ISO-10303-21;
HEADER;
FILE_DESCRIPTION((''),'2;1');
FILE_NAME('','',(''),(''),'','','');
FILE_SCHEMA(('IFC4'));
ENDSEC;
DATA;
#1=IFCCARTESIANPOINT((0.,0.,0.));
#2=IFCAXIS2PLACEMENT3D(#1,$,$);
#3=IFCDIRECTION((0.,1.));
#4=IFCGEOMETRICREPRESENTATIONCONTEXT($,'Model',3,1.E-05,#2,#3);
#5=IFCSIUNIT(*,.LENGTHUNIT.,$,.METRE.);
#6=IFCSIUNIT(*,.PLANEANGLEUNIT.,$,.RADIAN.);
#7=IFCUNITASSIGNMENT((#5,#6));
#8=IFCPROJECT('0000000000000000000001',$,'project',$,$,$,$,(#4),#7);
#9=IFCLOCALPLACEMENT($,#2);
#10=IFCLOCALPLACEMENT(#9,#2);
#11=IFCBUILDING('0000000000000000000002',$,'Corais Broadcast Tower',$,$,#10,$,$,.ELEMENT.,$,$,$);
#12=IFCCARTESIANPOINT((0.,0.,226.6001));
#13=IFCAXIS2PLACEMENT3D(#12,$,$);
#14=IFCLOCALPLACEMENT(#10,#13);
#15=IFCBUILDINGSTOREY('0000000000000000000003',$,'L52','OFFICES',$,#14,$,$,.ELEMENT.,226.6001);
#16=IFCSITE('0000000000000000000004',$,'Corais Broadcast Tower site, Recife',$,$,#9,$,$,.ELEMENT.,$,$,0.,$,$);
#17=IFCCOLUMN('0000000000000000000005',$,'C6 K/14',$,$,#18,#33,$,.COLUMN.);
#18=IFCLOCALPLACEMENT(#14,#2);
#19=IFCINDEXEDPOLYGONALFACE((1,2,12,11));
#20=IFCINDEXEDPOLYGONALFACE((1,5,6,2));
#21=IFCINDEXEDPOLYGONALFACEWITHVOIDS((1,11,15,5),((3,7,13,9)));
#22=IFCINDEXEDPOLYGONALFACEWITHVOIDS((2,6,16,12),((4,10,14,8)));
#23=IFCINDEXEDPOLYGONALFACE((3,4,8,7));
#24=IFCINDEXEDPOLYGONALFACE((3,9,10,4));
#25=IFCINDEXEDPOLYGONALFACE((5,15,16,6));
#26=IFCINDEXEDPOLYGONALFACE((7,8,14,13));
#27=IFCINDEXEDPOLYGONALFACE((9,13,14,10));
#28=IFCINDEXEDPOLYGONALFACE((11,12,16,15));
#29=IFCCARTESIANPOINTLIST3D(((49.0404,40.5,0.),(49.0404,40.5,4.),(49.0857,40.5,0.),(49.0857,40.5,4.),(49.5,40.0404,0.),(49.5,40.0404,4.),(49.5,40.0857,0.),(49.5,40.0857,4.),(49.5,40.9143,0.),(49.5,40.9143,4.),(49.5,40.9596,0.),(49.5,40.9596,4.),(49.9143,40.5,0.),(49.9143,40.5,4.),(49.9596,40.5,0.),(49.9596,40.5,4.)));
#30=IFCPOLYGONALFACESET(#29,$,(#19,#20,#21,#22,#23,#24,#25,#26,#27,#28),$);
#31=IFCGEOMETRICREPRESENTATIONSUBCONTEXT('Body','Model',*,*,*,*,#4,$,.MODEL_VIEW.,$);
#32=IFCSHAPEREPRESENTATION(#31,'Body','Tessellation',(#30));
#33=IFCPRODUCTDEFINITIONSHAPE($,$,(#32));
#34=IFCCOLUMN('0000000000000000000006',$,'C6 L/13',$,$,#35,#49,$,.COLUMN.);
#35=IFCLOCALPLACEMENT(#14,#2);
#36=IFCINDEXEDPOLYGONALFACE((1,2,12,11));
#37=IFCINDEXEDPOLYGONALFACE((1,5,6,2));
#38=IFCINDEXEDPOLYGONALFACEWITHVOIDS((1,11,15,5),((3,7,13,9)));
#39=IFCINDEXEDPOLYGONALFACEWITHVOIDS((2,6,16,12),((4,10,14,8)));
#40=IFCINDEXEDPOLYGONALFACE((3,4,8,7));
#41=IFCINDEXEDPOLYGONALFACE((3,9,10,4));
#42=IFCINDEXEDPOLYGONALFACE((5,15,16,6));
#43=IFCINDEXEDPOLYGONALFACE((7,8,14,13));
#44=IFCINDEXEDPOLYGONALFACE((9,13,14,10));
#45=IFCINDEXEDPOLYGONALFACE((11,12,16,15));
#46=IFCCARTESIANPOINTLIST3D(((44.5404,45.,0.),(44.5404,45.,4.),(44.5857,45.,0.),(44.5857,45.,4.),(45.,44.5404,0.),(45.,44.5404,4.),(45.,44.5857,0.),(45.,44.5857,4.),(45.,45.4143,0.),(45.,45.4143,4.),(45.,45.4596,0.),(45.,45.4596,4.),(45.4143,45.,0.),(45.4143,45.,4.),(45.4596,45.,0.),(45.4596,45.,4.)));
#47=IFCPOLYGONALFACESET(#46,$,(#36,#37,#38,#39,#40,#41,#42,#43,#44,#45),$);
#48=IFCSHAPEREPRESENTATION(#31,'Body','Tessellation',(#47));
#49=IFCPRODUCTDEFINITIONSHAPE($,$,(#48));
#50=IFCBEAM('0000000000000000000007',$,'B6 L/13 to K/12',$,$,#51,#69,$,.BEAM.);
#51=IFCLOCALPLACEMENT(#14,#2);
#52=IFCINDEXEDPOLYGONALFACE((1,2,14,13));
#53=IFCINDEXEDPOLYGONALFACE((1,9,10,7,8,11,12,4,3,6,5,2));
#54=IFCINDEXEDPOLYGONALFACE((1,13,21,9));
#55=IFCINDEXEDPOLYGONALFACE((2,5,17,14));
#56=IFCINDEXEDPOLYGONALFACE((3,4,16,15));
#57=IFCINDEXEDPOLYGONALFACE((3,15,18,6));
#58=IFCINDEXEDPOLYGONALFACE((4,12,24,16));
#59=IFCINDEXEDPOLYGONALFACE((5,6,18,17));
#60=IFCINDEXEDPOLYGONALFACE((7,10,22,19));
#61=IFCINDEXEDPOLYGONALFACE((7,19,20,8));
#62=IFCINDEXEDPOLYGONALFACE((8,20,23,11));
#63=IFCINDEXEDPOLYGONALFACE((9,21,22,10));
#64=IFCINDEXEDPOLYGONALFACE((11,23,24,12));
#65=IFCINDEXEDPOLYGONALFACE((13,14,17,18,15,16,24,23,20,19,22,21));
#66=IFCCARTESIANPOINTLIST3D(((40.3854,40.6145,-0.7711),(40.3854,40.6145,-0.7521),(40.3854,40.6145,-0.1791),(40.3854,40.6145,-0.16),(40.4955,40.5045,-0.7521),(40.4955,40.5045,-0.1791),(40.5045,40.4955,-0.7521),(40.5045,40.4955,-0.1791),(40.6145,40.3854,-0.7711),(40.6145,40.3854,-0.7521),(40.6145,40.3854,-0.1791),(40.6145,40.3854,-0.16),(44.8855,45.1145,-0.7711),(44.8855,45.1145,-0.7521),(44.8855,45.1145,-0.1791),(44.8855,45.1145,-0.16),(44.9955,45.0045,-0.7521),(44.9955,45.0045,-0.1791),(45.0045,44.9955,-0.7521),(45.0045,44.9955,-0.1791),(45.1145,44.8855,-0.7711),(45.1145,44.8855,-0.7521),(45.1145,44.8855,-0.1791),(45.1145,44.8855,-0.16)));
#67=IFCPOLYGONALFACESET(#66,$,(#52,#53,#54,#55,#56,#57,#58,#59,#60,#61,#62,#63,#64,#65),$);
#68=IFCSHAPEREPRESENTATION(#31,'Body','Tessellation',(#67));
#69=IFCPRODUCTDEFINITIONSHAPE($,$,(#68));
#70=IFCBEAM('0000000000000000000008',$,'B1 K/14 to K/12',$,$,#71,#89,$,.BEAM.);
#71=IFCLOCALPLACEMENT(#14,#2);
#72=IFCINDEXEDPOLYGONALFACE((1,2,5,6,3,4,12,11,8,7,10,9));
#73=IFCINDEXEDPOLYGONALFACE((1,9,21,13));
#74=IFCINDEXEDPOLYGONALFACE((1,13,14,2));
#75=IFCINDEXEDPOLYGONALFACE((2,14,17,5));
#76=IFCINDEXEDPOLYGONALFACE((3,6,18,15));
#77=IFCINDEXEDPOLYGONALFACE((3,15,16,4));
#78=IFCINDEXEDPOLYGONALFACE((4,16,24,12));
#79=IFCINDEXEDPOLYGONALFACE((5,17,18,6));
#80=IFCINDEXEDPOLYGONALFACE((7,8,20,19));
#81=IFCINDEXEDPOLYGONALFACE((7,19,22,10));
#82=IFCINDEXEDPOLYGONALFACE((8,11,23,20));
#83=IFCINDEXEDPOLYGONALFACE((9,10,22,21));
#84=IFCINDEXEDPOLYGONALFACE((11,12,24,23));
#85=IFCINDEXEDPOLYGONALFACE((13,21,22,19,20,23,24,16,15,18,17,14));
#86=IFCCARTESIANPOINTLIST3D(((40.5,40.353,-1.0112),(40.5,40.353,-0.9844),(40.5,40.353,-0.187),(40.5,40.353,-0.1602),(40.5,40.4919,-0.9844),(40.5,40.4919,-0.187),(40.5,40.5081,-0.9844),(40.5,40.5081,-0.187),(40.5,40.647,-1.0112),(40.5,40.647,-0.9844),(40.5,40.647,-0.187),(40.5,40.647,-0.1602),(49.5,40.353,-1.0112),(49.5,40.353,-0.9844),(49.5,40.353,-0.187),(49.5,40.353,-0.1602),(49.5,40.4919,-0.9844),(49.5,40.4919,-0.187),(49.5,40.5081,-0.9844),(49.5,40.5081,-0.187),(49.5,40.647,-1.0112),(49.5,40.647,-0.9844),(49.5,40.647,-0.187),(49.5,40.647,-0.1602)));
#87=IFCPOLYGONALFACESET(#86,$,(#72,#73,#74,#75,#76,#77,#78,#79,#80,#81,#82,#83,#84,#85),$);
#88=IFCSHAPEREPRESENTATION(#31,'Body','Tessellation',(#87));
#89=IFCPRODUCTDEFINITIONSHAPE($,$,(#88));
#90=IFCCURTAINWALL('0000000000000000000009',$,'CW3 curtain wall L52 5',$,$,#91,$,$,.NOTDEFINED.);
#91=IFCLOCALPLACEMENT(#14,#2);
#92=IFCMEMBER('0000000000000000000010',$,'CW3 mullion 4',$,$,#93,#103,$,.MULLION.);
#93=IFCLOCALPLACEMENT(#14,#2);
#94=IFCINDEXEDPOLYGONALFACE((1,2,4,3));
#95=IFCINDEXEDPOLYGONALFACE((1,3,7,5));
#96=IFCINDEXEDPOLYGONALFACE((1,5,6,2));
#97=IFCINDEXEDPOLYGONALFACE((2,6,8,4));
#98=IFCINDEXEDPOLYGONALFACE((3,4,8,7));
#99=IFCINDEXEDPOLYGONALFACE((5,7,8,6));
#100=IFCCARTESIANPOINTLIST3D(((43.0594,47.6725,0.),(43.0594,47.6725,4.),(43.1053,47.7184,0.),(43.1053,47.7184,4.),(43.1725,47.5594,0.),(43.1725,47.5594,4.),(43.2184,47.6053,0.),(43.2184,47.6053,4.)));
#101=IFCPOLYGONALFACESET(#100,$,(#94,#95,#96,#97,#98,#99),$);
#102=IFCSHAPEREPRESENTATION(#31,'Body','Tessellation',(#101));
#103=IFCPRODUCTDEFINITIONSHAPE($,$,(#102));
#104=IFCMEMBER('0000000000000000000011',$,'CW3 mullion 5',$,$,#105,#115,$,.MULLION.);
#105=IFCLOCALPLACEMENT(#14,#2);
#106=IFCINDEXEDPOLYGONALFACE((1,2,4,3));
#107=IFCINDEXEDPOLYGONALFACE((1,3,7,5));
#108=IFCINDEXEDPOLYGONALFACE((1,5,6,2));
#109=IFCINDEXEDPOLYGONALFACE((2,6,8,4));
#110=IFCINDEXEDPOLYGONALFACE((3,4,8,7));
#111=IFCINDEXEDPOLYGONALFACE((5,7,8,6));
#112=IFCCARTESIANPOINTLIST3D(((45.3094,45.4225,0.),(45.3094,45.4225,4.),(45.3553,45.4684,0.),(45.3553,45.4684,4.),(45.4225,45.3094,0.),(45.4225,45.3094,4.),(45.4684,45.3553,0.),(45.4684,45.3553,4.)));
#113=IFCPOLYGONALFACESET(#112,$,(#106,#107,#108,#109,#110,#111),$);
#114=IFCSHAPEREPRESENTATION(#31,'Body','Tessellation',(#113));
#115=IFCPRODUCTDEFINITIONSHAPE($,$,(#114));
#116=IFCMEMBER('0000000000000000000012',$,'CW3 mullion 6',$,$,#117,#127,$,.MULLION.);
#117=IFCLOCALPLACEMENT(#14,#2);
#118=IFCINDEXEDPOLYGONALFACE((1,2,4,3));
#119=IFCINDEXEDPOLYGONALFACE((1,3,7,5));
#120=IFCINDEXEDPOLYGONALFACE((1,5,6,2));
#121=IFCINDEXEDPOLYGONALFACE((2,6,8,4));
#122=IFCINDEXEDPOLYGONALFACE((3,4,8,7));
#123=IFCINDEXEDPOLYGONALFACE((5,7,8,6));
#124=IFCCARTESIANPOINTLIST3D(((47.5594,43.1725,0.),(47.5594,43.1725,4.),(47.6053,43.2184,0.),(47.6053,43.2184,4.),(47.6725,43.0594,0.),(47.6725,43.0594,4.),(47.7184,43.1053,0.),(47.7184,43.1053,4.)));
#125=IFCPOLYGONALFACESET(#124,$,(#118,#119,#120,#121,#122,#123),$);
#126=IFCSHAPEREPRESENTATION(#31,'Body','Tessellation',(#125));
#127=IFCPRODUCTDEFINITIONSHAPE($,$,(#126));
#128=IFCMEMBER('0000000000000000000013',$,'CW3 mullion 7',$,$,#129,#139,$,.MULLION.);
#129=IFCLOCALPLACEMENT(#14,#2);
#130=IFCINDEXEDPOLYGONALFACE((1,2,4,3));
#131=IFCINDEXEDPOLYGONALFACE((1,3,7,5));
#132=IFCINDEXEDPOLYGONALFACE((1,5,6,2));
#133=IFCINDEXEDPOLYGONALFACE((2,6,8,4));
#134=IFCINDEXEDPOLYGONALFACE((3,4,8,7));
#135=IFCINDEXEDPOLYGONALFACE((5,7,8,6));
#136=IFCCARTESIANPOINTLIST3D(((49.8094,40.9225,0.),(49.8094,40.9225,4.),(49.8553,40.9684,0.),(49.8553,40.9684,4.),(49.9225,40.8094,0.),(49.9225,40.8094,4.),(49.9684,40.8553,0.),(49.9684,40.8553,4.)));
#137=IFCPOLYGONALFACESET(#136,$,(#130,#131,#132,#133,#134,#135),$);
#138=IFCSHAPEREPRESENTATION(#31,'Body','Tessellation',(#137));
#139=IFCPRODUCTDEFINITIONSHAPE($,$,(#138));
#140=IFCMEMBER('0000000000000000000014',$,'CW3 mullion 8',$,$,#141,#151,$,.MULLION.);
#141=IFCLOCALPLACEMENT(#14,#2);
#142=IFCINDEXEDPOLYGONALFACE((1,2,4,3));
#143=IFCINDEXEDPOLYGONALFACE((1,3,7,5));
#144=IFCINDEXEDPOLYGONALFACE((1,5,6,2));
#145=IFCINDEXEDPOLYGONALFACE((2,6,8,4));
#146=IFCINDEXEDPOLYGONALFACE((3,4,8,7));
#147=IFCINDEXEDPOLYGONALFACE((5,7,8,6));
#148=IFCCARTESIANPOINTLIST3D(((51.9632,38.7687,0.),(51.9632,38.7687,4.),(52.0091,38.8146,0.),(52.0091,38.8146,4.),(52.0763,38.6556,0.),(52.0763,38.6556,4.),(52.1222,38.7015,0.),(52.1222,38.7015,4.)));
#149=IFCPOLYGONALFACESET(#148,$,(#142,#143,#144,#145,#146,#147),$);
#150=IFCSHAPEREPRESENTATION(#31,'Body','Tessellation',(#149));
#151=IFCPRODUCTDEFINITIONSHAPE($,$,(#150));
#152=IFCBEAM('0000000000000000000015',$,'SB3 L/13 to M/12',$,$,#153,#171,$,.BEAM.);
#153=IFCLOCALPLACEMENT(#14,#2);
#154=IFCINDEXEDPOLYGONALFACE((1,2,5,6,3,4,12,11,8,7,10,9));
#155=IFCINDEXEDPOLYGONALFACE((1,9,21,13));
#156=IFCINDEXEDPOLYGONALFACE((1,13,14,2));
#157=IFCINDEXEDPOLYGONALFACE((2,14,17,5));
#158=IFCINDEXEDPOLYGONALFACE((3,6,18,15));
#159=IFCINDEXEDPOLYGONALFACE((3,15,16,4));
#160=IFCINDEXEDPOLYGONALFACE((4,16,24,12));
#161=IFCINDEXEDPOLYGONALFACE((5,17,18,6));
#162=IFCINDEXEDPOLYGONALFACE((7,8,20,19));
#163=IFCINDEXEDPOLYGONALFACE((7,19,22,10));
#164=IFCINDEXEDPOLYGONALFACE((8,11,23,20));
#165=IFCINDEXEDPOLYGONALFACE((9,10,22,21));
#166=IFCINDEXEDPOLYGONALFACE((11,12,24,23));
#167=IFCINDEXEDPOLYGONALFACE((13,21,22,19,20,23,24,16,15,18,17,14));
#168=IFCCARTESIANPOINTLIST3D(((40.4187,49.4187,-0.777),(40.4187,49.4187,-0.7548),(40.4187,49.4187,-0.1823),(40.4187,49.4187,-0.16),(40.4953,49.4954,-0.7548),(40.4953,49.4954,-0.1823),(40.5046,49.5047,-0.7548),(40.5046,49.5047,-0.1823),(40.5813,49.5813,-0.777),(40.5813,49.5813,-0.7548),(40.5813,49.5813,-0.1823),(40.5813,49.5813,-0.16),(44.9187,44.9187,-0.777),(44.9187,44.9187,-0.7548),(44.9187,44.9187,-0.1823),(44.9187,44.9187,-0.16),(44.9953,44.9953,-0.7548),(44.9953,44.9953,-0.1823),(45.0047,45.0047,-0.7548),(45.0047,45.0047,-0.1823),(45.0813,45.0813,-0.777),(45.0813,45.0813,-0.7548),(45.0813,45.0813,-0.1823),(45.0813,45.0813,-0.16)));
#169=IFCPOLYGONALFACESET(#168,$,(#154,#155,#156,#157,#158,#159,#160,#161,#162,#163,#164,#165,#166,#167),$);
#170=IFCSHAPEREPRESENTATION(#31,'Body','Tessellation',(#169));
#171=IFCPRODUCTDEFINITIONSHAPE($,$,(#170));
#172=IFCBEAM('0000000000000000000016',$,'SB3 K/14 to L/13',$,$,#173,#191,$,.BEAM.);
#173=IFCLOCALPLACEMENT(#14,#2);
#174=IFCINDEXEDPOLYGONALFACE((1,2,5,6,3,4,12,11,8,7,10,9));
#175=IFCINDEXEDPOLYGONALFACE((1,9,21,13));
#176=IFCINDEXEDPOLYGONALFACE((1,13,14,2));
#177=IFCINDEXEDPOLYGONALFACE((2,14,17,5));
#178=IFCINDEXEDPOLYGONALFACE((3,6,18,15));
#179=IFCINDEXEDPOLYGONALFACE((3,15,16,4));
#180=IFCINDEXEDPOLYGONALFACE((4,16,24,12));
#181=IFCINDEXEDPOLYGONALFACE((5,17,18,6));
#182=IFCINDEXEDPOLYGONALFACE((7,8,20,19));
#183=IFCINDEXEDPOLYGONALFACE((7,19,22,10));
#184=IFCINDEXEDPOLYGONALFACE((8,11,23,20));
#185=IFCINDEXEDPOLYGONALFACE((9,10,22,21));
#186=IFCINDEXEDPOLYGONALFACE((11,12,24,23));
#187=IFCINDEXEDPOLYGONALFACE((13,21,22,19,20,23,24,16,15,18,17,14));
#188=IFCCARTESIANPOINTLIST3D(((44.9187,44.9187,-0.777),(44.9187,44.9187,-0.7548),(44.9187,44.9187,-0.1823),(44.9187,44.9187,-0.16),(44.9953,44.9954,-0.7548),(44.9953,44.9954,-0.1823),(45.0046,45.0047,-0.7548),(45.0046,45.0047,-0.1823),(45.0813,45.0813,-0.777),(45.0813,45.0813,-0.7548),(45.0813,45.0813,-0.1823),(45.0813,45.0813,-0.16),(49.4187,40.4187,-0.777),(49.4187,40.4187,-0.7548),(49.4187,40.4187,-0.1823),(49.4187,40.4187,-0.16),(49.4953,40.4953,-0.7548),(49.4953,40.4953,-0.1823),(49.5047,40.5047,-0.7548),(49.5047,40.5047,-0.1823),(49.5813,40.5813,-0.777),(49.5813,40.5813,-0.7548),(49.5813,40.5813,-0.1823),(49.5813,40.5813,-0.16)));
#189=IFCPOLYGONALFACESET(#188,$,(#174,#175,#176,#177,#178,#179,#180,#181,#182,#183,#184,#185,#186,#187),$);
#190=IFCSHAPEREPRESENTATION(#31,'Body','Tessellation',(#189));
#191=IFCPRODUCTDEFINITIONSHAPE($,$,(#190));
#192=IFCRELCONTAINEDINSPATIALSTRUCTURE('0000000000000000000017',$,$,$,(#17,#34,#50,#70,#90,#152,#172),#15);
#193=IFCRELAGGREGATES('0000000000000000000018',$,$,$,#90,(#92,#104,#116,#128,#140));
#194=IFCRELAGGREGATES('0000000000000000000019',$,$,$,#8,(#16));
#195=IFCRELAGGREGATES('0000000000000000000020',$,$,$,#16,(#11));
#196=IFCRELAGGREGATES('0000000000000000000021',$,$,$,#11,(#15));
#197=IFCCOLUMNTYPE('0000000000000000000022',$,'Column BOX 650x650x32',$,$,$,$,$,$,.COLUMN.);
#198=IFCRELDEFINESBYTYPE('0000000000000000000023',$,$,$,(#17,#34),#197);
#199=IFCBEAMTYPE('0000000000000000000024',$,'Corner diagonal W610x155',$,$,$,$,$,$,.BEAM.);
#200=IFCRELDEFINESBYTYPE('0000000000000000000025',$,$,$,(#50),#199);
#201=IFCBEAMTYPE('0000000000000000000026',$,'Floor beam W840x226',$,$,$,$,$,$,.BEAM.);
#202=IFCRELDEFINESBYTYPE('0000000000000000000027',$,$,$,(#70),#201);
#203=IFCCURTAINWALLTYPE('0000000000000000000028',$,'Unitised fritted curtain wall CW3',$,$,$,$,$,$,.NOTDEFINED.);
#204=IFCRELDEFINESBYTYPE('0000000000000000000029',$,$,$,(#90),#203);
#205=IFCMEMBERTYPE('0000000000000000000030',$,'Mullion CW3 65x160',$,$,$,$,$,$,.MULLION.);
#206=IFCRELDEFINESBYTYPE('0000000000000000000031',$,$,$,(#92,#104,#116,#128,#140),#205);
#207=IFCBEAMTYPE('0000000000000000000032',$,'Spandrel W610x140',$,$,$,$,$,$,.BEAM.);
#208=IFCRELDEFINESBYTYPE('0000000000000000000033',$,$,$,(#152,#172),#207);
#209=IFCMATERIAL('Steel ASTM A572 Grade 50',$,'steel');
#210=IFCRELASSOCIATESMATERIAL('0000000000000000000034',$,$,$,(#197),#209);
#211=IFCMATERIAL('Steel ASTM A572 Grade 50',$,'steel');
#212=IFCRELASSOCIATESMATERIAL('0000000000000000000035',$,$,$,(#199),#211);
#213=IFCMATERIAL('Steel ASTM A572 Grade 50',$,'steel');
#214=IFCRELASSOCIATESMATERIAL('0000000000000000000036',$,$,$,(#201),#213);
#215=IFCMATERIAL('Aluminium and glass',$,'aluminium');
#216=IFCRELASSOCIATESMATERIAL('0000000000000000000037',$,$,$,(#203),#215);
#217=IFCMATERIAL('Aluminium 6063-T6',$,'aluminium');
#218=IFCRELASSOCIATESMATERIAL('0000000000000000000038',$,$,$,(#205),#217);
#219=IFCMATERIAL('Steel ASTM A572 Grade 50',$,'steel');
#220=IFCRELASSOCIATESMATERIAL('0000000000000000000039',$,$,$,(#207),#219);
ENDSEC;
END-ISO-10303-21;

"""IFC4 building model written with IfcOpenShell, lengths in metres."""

from ifc_helpers import new_model, si_unit, direction, frame, origin, origin_2d, place, context, subcontext, project, spatial, rectangle, hollow_rectangle, i_section, extrude, material, material_profile, profile_set, type_object, element, aggregate, save


model = new_model("IFC4")

# Units and contexts
model_context = context("Model", 3, precision=1e-05, world=origin(), true_north=direction((0.0, 1.0)))
body_context = subcontext(model_context, "Body", "Model", "MODEL_VIEW")
ifc_project = project(units=[si_unit("LENGTHUNIT", "METRE"), si_unit("PLANEANGLEUNIT", "RADIAN")], contexts=[model_context])

# Site, building, storey
site_placement = place(None, origin())
site = spatial("IfcSite", under=ifc_project, at=site_placement, Name="Corais Broadcast Tower site, Recife", CompositionType="ELEMENT", RefElevation=0.0)
building_placement = place(site_placement, origin())
building = spatial("IfcBuilding", under=site, at=building_placement, Name="Corais Broadcast Tower", CompositionType="ELEMENT")
storey_placement = place(building_placement, frame((0.0, 0.0, 226.6001)))
storey = spatial("IfcBuildingStorey", under=building, at=storey_placement, Name="L52", Description="OFFICES", CompositionType="ELEMENT", Elevation=226.6001)

# Columns
ifc_material_1 = material(Name="Steel ASTM A572 Grade 50", Category="steel")
ifc_material_profile_1 = material_profile(ifc_material_1, hollow_rectangle(XDim=0.6499, YDim=0.6499, WallThickness=0.032, at=origin_2d()), Name="BOX 650x650x32")
ifc_profile_set_1 = profile_set([ifc_material_profile_1], Name="Steel ASTM A572 Grade 50")
column_type = type_object("IfcColumnType", Name="Column BOX 650x650x32", PredefinedType="COLUMN", material=ifc_profile_set_1)
for number, where, z_axis, x_axis, name in (
    (1, (49.5, 40.5, 0.0), (0.0, 0.0, 1.0), (0.707107, 0.707107, 0.0), "C6 K/14"),
    (2, (45.0, 45.0, 0.0), (0.0, 0.0, 1.0), (0.707107, 0.707107, 0.0), "C6 L/13"),
):
    element("IfcColumn", number, at=place(storey_placement, frame(where, z_axis=z_axis, x_axis=x_axis)), inside=storey, type_object=column_type, Name=name, PredefinedType="COLUMN", context=body_context, shape_type="SweptSolid", body=[
        extrude(hollow_rectangle(XDim=0.6499, YDim=0.6499, WallThickness=0.032, at=origin_2d()), origin(), (0.0, 0.0, 1.0), 4.0),
    ])

# Beams
ifc_material_2 = material(Name="Steel ASTM A572 Grade 50", Category="steel")
ifc_material_profile_2 = material_profile(ifc_material_2, i_section(OverallWidth=0.324, OverallDepth=0.6111, WebThickness=0.0127, FlangeThickness=0.019, at=origin_2d()), Name="W610x155")
ifc_profile_set_2 = profile_set([ifc_material_profile_2], Name="Steel ASTM A572 Grade 50")
beam_type_1 = type_object("IfcBeamType", Name="Corner diagonal W610x155", PredefinedType="BEAM", material=ifc_profile_set_2)
beam_1_placement = place(storey_placement, frame((45.0, 45.0, -0.4656), z_axis=(-0.707107, -0.707107, 0.0), x_axis=(0.707107, -0.707107, 0.0)))
element("IfcBeam", 3, at=beam_1_placement, inside=storey, type_object=beam_type_1, Name="B6 L/13 to K/12", PredefinedType="BEAM", context=body_context, shape_type="SweptSolid", body=[
    extrude(i_section(OverallWidth=0.324, OverallDepth=0.6111, WebThickness=0.0127, FlangeThickness=0.019, at=origin_2d()), origin(), (0.0, 0.0, 1.0), 6.364),
])
ifc_material_3 = material(Name="Steel ASTM A572 Grade 50", Category="steel")
ifc_material_profile_3 = material_profile(ifc_material_3, i_section(OverallWidth=0.2939, OverallDepth=0.8511, WebThickness=0.0161, FlangeThickness=0.0269, at=origin_2d()), Name="W840x226")
ifc_profile_set_3 = profile_set([ifc_material_profile_3], Name="Steel ASTM A572 Grade 50")
beam_type_2 = type_object("IfcBeamType", Name="Floor beam W840x226", PredefinedType="BEAM", material=ifc_profile_set_3)
beam_2_placement = place(storey_placement, frame((49.5, 40.5, -0.5857), z_axis=(-1.0, 0.0, 0.0), x_axis=(0.0, -1.0, 0.0)))
element("IfcBeam", 4, at=beam_2_placement, inside=storey, type_object=beam_type_2, Name="B1 K/14 to K/12", PredefinedType="BEAM", context=body_context, shape_type="SweptSolid", body=[
    extrude(i_section(OverallWidth=0.2939, OverallDepth=0.8511, WebThickness=0.0161, FlangeThickness=0.0269, at=origin_2d()), origin(), (0.0, 0.0, 1.0), 9.0),
])

# Curtain wall, members
ifc_material_4 = material(Name="Aluminium and glass", Category="aluminium")
curtain_wall_type = type_object("IfcCurtainWallType", Name="Unitised fritted curtain wall CW3", PredefinedType="NOTDEFINED", material=ifc_material_4)
curtain_wall_placement = place(storey_placement, origin())
curtain_wall = element("IfcCurtainWall", 5, at=curtain_wall_placement, inside=storey, type_object=curtain_wall_type, Name="CW3 curtain wall L52 5", PredefinedType="NOTDEFINED")
ifc_material_5 = material(Name="Aluminium 6063-T6", Category="aluminium")
ifc_material_profile_4 = material_profile(ifc_material_5, rectangle(XDim=0.0649, YDim=0.1599, at=origin_2d()), Name="Mullion CW3 65x160")
ifc_profile_set_4 = profile_set([ifc_material_profile_4], Name="Aluminium 6063-T6")
member_type_1 = type_object("IfcMemberType", Name="Mullion CW3 65x160", PredefinedType="MULLION", material=ifc_profile_set_4)
member_1_placement = place(storey_placement, frame((43.1389, 47.6389, 0.0), z_axis=(0.0, 0.0, 1.0), x_axis=(0.707107, 0.707107, 0.0)))
member_1 = element("IfcMember", 6, at=member_1_placement, type_object=member_type_1, Name="CW3 mullion 4", PredefinedType="MULLION", context=body_context, shape_type="SweptSolid", body=[
    extrude(rectangle(XDim=0.0649, YDim=0.1599, at=origin_2d()), origin(), (0.0, 0.0, 1.0), 4.0),
])
member_2_placement = place(storey_placement, frame((45.3889, 45.3889, 0.0), z_axis=(0.0, 0.0, 1.0), x_axis=(0.707107, 0.707107, 0.0)))
member_2 = element("IfcMember", 7, at=member_2_placement, type_object=member_type_1, Name="CW3 mullion 5", PredefinedType="MULLION", context=body_context, shape_type="SweptSolid", body=[
    extrude(rectangle(XDim=0.0649, YDim=0.1599, at=origin_2d()), origin(), (0.0, 0.0, 1.0), 4.0),
])
member_3_placement = place(storey_placement, frame((47.6389, 43.1389, 0.0), z_axis=(0.0, 0.0, 1.0), x_axis=(0.707107, 0.707107, 0.0)))
member_3 = element("IfcMember", 8, at=member_3_placement, type_object=member_type_1, Name="CW3 mullion 6", PredefinedType="MULLION", context=body_context, shape_type="SweptSolid", body=[
    extrude(rectangle(XDim=0.0649, YDim=0.1599, at=origin_2d()), origin(), (0.0, 0.0, 1.0), 4.0),
])
member_4_placement = place(storey_placement, frame((49.8889, 40.8889, 0.0), z_axis=(0.0, 0.0, 1.0), x_axis=(0.707107, 0.707107, 0.0)))
member_4 = element("IfcMember", 9, at=member_4_placement, type_object=member_type_1, Name="CW3 mullion 7", PredefinedType="MULLION", context=body_context, shape_type="SweptSolid", body=[
    extrude(rectangle(XDim=0.0649, YDim=0.1599, at=origin_2d()), origin(), (0.0, 0.0, 1.0), 4.0),
])
member_5_placement = place(storey_placement, frame((52.0427, 38.7351, 0.0), z_axis=(0.0, 0.0, 1.0), x_axis=(0.707107, 0.707107, 0.0)))
member_5 = element("IfcMember", 10, at=member_5_placement, type_object=member_type_1, Name="CW3 mullion 8", PredefinedType="MULLION", context=body_context, shape_type="SweptSolid", body=[
    extrude(rectangle(XDim=0.0649, YDim=0.1599, at=origin_2d()), origin(), (0.0, 0.0, 1.0), 4.0),
])

# Beams
ifc_material_6 = material(Name="Steel ASTM A572 Grade 50", Category="steel")
ifc_material_profile_5 = material_profile(ifc_material_6, i_section(OverallWidth=0.23, OverallDepth=0.6169, WebThickness=0.0132, FlangeThickness=0.0222, at=origin_2d()), Name="W610x140")
ifc_profile_set_5 = profile_set([ifc_material_profile_5], Name="Steel ASTM A572 Grade 50")
beam_type_3 = type_object("IfcBeamType", Name="Spandrel W610x140", PredefinedType="BEAM", material=ifc_profile_set_5)
for number, where, z_axis, x_axis, name in (
    (11, (45.0, 45.0, -0.4685), (-0.707107, 0.707107, 0.0), (-0.707107, -0.707107, 0.0), "SB3 L/13 to M/12"),
    (12, (49.5, 40.5, -0.4685), (-0.707107, 0.707107, 0.0), (-0.707107, -0.707107, 0.0), "SB3 K/14 to L/13"),
):
    element("IfcBeam", number, at=place(storey_placement, frame(where, z_axis=z_axis, x_axis=x_axis)), inside=storey, type_object=beam_type_3, Name=name, PredefinedType="BEAM", context=body_context, shape_type="SweptSolid", body=[
        extrude(i_section(OverallWidth=0.23, OverallDepth=0.6169, WebThickness=0.0132, FlangeThickness=0.0222, at=origin_2d()), origin(), (0.0, 0.0, 1.0), 6.364),
    ])

aggregate(curtain_wall, [member_1, member_2, member_3, member_4, member_5])

save(model, "model.ifc")
